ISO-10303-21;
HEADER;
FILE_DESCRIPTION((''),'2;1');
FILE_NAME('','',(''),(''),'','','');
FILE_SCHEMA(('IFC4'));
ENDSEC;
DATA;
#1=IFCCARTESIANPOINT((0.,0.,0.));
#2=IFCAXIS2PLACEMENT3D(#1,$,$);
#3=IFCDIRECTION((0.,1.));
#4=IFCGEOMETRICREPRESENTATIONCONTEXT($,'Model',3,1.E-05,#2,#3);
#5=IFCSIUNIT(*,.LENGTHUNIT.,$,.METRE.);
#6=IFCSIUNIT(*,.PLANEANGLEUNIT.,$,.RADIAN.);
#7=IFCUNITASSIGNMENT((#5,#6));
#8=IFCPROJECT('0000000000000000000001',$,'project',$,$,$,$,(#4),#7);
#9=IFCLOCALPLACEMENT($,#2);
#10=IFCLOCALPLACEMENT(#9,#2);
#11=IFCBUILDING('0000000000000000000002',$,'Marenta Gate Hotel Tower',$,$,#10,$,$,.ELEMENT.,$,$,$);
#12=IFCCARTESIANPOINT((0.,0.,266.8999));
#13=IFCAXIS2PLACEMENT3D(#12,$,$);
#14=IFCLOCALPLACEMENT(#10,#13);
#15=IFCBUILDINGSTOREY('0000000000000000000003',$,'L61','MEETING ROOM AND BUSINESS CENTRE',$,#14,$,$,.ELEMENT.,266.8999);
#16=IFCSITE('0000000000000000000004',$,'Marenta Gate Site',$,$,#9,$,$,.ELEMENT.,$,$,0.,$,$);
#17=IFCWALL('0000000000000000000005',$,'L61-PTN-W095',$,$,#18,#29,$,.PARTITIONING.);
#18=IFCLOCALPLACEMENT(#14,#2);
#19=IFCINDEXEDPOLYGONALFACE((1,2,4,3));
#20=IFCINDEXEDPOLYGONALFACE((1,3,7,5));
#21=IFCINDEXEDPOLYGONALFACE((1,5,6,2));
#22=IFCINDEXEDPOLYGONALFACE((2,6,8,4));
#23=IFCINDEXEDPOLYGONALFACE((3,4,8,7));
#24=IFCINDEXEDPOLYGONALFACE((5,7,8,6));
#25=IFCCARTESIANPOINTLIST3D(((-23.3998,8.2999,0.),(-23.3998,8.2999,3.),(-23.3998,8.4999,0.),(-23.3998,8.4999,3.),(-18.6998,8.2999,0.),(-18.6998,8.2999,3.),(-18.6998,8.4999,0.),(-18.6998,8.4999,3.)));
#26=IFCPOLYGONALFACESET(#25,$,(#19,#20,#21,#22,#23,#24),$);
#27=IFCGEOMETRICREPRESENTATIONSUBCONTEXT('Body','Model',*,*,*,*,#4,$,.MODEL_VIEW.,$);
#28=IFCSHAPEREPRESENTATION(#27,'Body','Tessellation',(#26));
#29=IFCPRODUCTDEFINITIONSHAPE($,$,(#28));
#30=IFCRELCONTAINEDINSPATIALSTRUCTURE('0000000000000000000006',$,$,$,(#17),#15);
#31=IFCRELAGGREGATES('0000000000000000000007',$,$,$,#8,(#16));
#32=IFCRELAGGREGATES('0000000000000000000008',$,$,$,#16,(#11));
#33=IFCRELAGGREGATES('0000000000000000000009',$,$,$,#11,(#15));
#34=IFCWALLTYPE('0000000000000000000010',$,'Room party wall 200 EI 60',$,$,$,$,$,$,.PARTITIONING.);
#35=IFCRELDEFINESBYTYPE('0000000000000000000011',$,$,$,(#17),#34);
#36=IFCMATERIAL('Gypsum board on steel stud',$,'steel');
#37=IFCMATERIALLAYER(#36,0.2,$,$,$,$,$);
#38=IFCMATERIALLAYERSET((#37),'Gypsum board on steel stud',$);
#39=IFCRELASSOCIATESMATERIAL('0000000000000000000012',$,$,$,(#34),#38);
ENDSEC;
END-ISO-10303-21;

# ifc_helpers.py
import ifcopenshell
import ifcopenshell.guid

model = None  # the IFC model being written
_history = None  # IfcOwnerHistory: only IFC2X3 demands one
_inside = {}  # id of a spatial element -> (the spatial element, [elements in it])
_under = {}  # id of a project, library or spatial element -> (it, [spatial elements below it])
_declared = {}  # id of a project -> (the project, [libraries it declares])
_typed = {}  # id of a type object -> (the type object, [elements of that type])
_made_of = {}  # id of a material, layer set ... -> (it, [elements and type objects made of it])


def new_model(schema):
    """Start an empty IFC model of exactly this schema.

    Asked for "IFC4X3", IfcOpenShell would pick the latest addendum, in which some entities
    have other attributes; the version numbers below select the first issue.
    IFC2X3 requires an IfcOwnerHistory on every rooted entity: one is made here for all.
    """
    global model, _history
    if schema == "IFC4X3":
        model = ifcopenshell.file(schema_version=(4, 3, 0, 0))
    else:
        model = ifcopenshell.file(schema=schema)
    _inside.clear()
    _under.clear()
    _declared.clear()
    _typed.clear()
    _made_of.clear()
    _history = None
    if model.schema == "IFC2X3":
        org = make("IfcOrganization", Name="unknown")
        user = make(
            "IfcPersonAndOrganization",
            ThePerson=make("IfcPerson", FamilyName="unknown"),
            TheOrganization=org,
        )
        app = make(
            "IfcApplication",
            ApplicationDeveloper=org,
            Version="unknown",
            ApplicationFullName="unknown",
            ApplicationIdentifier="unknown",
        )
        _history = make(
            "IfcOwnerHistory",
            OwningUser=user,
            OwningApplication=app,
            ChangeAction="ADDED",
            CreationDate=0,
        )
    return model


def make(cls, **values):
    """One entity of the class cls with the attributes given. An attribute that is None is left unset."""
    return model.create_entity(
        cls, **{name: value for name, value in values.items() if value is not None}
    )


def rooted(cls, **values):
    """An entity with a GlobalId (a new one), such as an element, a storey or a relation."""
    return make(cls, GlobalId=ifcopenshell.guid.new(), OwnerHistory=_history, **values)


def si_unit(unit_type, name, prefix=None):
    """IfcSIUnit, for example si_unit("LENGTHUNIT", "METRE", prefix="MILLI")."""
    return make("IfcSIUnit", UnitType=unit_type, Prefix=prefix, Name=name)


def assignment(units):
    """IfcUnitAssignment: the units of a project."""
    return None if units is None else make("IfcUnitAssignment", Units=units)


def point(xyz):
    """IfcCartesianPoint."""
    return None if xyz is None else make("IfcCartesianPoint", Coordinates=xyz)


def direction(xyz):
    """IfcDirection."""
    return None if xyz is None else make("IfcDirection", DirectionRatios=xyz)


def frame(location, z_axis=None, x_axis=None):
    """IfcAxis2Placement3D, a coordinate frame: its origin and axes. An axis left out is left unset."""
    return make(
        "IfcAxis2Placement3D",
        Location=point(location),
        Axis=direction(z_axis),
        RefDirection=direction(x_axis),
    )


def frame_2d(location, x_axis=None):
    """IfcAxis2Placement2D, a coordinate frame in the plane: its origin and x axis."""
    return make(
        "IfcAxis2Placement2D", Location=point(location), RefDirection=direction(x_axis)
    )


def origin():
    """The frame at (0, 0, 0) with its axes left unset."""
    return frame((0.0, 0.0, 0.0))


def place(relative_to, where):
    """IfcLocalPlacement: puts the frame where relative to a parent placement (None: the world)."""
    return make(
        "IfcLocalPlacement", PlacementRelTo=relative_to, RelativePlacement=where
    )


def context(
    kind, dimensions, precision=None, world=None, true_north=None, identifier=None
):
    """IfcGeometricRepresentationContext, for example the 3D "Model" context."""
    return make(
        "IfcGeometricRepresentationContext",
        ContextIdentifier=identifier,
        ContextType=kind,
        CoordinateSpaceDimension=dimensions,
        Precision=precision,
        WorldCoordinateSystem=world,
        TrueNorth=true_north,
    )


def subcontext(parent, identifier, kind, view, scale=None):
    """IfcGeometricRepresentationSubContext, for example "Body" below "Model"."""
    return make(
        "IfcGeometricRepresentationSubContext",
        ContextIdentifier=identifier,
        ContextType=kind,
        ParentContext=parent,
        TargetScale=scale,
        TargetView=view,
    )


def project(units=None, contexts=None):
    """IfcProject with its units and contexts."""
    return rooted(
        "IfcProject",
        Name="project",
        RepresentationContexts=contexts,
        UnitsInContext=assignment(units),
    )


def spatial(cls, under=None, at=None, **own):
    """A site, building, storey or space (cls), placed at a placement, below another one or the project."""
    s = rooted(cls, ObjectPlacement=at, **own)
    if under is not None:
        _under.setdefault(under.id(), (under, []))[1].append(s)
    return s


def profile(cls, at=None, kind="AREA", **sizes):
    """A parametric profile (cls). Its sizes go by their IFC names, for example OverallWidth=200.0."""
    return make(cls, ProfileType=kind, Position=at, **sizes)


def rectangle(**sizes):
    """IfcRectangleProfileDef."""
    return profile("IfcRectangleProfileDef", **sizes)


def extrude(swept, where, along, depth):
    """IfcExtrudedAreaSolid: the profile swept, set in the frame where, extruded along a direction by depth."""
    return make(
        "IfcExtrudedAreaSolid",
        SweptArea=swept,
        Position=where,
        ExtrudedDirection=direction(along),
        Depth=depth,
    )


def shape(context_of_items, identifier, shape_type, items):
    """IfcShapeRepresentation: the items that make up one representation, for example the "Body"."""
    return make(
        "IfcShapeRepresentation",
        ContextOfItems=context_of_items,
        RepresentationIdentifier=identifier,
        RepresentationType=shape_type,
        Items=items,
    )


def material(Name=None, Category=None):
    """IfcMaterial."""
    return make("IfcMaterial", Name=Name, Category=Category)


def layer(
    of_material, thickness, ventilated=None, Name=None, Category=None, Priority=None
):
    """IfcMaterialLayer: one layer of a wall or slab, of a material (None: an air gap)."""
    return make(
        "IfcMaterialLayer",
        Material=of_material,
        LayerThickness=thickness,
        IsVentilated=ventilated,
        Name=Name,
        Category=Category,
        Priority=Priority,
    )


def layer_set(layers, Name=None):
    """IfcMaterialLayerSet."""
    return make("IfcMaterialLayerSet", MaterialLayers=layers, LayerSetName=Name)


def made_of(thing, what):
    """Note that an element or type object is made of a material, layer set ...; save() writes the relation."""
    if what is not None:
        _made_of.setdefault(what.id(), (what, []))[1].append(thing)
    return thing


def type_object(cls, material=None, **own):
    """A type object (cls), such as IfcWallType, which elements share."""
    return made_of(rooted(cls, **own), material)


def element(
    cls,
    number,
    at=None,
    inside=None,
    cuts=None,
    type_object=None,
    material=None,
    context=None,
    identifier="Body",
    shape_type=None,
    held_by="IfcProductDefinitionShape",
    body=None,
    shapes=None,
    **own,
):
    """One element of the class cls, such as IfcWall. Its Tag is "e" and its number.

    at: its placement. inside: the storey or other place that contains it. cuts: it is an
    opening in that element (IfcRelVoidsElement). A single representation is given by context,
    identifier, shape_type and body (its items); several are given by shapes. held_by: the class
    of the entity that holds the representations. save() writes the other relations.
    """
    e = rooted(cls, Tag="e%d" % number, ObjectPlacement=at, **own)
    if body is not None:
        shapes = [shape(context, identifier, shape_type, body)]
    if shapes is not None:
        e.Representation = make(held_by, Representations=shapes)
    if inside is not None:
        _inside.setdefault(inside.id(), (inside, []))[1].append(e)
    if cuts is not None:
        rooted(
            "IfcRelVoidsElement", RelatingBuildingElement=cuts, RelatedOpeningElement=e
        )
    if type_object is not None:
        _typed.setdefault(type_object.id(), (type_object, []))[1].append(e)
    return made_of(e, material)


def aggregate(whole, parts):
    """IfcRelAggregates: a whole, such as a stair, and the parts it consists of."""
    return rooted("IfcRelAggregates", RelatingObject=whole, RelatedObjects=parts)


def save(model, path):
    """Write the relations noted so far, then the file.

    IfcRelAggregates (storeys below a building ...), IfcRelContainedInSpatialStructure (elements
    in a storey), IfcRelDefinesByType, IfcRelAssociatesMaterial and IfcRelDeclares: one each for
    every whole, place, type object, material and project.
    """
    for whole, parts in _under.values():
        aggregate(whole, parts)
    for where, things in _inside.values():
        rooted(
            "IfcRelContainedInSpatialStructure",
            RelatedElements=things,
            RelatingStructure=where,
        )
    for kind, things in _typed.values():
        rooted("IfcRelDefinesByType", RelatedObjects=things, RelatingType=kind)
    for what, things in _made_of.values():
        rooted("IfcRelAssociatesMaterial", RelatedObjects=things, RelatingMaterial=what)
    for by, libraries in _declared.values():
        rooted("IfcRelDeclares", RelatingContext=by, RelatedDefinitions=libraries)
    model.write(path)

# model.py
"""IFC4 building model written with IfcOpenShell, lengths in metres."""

from ifc_helpers import new_model, si_unit, direction, frame, frame_2d, origin, place, context, subcontext, project, spatial, rectangle, extrude, material, layer, layer_set, type_object, element, save


model = new_model("IFC4")

# Units and contexts
model_context = context("Model", 3, precision=1e-05, world=origin(), true_north=direction((0.0, 1.0)))
body_context = subcontext(model_context, "Body", "Model", "MODEL_VIEW")
ifc_project = project(units=[si_unit("LENGTHUNIT", "METRE"), si_unit("PLANEANGLEUNIT", "RADIAN")], contexts=[model_context])

# Site, building, storey
site_placement = place(None, origin())
site = spatial("IfcSite", under=ifc_project, at=site_placement, Name="Marenta Gate Site", CompositionType="ELEMENT", RefElevation=0.0)
building_placement = place(site_placement, origin())
building = spatial("IfcBuilding", under=site, at=building_placement, Name="Marenta Gate Hotel Tower", CompositionType="ELEMENT")
storey_placement = place(building_placement, frame((0.0, 0.0, 266.8999)))
storey = spatial("IfcBuildingStorey", under=building, at=storey_placement, Name="L61", Description="MEETING ROOM AND BUSINESS CENTRE", CompositionType="ELEMENT", Elevation=266.8999)

# Wall
ifc_material_1 = material(Name="Gypsum board on steel stud", Category="steel")
ifc_layer_1 = layer(ifc_material_1, 0.2)
ifc_layer_set_1 = layer_set([ifc_layer_1], Name="Gypsum board on steel stud")
wall_type_1 = type_object("IfcWallType", Name="Room party wall 200 EI 60", PredefinedType="PARTITIONING", material=ifc_layer_set_1)
wall_1_placement = place(storey_placement, frame((-23.3999, 8.3999, 0.0), z_axis=(0.0, 0.0, 1.0), x_axis=(1.0, 0.0, 0.0)))
element("IfcWall", 1, at=wall_1_placement, inside=storey, type_object=wall_type_1, Name="L61-PTN-W095", PredefinedType="PARTITIONING", context=body_context, shape_type="SweptSolid", body=[
    extrude(rectangle(XDim=4.7, YDim=0.2, at=frame_2d((2.3501, 0.0))), origin(), (0.0, 0.0, 1.0), 3.0),
])

save(model, "model.ifc")
